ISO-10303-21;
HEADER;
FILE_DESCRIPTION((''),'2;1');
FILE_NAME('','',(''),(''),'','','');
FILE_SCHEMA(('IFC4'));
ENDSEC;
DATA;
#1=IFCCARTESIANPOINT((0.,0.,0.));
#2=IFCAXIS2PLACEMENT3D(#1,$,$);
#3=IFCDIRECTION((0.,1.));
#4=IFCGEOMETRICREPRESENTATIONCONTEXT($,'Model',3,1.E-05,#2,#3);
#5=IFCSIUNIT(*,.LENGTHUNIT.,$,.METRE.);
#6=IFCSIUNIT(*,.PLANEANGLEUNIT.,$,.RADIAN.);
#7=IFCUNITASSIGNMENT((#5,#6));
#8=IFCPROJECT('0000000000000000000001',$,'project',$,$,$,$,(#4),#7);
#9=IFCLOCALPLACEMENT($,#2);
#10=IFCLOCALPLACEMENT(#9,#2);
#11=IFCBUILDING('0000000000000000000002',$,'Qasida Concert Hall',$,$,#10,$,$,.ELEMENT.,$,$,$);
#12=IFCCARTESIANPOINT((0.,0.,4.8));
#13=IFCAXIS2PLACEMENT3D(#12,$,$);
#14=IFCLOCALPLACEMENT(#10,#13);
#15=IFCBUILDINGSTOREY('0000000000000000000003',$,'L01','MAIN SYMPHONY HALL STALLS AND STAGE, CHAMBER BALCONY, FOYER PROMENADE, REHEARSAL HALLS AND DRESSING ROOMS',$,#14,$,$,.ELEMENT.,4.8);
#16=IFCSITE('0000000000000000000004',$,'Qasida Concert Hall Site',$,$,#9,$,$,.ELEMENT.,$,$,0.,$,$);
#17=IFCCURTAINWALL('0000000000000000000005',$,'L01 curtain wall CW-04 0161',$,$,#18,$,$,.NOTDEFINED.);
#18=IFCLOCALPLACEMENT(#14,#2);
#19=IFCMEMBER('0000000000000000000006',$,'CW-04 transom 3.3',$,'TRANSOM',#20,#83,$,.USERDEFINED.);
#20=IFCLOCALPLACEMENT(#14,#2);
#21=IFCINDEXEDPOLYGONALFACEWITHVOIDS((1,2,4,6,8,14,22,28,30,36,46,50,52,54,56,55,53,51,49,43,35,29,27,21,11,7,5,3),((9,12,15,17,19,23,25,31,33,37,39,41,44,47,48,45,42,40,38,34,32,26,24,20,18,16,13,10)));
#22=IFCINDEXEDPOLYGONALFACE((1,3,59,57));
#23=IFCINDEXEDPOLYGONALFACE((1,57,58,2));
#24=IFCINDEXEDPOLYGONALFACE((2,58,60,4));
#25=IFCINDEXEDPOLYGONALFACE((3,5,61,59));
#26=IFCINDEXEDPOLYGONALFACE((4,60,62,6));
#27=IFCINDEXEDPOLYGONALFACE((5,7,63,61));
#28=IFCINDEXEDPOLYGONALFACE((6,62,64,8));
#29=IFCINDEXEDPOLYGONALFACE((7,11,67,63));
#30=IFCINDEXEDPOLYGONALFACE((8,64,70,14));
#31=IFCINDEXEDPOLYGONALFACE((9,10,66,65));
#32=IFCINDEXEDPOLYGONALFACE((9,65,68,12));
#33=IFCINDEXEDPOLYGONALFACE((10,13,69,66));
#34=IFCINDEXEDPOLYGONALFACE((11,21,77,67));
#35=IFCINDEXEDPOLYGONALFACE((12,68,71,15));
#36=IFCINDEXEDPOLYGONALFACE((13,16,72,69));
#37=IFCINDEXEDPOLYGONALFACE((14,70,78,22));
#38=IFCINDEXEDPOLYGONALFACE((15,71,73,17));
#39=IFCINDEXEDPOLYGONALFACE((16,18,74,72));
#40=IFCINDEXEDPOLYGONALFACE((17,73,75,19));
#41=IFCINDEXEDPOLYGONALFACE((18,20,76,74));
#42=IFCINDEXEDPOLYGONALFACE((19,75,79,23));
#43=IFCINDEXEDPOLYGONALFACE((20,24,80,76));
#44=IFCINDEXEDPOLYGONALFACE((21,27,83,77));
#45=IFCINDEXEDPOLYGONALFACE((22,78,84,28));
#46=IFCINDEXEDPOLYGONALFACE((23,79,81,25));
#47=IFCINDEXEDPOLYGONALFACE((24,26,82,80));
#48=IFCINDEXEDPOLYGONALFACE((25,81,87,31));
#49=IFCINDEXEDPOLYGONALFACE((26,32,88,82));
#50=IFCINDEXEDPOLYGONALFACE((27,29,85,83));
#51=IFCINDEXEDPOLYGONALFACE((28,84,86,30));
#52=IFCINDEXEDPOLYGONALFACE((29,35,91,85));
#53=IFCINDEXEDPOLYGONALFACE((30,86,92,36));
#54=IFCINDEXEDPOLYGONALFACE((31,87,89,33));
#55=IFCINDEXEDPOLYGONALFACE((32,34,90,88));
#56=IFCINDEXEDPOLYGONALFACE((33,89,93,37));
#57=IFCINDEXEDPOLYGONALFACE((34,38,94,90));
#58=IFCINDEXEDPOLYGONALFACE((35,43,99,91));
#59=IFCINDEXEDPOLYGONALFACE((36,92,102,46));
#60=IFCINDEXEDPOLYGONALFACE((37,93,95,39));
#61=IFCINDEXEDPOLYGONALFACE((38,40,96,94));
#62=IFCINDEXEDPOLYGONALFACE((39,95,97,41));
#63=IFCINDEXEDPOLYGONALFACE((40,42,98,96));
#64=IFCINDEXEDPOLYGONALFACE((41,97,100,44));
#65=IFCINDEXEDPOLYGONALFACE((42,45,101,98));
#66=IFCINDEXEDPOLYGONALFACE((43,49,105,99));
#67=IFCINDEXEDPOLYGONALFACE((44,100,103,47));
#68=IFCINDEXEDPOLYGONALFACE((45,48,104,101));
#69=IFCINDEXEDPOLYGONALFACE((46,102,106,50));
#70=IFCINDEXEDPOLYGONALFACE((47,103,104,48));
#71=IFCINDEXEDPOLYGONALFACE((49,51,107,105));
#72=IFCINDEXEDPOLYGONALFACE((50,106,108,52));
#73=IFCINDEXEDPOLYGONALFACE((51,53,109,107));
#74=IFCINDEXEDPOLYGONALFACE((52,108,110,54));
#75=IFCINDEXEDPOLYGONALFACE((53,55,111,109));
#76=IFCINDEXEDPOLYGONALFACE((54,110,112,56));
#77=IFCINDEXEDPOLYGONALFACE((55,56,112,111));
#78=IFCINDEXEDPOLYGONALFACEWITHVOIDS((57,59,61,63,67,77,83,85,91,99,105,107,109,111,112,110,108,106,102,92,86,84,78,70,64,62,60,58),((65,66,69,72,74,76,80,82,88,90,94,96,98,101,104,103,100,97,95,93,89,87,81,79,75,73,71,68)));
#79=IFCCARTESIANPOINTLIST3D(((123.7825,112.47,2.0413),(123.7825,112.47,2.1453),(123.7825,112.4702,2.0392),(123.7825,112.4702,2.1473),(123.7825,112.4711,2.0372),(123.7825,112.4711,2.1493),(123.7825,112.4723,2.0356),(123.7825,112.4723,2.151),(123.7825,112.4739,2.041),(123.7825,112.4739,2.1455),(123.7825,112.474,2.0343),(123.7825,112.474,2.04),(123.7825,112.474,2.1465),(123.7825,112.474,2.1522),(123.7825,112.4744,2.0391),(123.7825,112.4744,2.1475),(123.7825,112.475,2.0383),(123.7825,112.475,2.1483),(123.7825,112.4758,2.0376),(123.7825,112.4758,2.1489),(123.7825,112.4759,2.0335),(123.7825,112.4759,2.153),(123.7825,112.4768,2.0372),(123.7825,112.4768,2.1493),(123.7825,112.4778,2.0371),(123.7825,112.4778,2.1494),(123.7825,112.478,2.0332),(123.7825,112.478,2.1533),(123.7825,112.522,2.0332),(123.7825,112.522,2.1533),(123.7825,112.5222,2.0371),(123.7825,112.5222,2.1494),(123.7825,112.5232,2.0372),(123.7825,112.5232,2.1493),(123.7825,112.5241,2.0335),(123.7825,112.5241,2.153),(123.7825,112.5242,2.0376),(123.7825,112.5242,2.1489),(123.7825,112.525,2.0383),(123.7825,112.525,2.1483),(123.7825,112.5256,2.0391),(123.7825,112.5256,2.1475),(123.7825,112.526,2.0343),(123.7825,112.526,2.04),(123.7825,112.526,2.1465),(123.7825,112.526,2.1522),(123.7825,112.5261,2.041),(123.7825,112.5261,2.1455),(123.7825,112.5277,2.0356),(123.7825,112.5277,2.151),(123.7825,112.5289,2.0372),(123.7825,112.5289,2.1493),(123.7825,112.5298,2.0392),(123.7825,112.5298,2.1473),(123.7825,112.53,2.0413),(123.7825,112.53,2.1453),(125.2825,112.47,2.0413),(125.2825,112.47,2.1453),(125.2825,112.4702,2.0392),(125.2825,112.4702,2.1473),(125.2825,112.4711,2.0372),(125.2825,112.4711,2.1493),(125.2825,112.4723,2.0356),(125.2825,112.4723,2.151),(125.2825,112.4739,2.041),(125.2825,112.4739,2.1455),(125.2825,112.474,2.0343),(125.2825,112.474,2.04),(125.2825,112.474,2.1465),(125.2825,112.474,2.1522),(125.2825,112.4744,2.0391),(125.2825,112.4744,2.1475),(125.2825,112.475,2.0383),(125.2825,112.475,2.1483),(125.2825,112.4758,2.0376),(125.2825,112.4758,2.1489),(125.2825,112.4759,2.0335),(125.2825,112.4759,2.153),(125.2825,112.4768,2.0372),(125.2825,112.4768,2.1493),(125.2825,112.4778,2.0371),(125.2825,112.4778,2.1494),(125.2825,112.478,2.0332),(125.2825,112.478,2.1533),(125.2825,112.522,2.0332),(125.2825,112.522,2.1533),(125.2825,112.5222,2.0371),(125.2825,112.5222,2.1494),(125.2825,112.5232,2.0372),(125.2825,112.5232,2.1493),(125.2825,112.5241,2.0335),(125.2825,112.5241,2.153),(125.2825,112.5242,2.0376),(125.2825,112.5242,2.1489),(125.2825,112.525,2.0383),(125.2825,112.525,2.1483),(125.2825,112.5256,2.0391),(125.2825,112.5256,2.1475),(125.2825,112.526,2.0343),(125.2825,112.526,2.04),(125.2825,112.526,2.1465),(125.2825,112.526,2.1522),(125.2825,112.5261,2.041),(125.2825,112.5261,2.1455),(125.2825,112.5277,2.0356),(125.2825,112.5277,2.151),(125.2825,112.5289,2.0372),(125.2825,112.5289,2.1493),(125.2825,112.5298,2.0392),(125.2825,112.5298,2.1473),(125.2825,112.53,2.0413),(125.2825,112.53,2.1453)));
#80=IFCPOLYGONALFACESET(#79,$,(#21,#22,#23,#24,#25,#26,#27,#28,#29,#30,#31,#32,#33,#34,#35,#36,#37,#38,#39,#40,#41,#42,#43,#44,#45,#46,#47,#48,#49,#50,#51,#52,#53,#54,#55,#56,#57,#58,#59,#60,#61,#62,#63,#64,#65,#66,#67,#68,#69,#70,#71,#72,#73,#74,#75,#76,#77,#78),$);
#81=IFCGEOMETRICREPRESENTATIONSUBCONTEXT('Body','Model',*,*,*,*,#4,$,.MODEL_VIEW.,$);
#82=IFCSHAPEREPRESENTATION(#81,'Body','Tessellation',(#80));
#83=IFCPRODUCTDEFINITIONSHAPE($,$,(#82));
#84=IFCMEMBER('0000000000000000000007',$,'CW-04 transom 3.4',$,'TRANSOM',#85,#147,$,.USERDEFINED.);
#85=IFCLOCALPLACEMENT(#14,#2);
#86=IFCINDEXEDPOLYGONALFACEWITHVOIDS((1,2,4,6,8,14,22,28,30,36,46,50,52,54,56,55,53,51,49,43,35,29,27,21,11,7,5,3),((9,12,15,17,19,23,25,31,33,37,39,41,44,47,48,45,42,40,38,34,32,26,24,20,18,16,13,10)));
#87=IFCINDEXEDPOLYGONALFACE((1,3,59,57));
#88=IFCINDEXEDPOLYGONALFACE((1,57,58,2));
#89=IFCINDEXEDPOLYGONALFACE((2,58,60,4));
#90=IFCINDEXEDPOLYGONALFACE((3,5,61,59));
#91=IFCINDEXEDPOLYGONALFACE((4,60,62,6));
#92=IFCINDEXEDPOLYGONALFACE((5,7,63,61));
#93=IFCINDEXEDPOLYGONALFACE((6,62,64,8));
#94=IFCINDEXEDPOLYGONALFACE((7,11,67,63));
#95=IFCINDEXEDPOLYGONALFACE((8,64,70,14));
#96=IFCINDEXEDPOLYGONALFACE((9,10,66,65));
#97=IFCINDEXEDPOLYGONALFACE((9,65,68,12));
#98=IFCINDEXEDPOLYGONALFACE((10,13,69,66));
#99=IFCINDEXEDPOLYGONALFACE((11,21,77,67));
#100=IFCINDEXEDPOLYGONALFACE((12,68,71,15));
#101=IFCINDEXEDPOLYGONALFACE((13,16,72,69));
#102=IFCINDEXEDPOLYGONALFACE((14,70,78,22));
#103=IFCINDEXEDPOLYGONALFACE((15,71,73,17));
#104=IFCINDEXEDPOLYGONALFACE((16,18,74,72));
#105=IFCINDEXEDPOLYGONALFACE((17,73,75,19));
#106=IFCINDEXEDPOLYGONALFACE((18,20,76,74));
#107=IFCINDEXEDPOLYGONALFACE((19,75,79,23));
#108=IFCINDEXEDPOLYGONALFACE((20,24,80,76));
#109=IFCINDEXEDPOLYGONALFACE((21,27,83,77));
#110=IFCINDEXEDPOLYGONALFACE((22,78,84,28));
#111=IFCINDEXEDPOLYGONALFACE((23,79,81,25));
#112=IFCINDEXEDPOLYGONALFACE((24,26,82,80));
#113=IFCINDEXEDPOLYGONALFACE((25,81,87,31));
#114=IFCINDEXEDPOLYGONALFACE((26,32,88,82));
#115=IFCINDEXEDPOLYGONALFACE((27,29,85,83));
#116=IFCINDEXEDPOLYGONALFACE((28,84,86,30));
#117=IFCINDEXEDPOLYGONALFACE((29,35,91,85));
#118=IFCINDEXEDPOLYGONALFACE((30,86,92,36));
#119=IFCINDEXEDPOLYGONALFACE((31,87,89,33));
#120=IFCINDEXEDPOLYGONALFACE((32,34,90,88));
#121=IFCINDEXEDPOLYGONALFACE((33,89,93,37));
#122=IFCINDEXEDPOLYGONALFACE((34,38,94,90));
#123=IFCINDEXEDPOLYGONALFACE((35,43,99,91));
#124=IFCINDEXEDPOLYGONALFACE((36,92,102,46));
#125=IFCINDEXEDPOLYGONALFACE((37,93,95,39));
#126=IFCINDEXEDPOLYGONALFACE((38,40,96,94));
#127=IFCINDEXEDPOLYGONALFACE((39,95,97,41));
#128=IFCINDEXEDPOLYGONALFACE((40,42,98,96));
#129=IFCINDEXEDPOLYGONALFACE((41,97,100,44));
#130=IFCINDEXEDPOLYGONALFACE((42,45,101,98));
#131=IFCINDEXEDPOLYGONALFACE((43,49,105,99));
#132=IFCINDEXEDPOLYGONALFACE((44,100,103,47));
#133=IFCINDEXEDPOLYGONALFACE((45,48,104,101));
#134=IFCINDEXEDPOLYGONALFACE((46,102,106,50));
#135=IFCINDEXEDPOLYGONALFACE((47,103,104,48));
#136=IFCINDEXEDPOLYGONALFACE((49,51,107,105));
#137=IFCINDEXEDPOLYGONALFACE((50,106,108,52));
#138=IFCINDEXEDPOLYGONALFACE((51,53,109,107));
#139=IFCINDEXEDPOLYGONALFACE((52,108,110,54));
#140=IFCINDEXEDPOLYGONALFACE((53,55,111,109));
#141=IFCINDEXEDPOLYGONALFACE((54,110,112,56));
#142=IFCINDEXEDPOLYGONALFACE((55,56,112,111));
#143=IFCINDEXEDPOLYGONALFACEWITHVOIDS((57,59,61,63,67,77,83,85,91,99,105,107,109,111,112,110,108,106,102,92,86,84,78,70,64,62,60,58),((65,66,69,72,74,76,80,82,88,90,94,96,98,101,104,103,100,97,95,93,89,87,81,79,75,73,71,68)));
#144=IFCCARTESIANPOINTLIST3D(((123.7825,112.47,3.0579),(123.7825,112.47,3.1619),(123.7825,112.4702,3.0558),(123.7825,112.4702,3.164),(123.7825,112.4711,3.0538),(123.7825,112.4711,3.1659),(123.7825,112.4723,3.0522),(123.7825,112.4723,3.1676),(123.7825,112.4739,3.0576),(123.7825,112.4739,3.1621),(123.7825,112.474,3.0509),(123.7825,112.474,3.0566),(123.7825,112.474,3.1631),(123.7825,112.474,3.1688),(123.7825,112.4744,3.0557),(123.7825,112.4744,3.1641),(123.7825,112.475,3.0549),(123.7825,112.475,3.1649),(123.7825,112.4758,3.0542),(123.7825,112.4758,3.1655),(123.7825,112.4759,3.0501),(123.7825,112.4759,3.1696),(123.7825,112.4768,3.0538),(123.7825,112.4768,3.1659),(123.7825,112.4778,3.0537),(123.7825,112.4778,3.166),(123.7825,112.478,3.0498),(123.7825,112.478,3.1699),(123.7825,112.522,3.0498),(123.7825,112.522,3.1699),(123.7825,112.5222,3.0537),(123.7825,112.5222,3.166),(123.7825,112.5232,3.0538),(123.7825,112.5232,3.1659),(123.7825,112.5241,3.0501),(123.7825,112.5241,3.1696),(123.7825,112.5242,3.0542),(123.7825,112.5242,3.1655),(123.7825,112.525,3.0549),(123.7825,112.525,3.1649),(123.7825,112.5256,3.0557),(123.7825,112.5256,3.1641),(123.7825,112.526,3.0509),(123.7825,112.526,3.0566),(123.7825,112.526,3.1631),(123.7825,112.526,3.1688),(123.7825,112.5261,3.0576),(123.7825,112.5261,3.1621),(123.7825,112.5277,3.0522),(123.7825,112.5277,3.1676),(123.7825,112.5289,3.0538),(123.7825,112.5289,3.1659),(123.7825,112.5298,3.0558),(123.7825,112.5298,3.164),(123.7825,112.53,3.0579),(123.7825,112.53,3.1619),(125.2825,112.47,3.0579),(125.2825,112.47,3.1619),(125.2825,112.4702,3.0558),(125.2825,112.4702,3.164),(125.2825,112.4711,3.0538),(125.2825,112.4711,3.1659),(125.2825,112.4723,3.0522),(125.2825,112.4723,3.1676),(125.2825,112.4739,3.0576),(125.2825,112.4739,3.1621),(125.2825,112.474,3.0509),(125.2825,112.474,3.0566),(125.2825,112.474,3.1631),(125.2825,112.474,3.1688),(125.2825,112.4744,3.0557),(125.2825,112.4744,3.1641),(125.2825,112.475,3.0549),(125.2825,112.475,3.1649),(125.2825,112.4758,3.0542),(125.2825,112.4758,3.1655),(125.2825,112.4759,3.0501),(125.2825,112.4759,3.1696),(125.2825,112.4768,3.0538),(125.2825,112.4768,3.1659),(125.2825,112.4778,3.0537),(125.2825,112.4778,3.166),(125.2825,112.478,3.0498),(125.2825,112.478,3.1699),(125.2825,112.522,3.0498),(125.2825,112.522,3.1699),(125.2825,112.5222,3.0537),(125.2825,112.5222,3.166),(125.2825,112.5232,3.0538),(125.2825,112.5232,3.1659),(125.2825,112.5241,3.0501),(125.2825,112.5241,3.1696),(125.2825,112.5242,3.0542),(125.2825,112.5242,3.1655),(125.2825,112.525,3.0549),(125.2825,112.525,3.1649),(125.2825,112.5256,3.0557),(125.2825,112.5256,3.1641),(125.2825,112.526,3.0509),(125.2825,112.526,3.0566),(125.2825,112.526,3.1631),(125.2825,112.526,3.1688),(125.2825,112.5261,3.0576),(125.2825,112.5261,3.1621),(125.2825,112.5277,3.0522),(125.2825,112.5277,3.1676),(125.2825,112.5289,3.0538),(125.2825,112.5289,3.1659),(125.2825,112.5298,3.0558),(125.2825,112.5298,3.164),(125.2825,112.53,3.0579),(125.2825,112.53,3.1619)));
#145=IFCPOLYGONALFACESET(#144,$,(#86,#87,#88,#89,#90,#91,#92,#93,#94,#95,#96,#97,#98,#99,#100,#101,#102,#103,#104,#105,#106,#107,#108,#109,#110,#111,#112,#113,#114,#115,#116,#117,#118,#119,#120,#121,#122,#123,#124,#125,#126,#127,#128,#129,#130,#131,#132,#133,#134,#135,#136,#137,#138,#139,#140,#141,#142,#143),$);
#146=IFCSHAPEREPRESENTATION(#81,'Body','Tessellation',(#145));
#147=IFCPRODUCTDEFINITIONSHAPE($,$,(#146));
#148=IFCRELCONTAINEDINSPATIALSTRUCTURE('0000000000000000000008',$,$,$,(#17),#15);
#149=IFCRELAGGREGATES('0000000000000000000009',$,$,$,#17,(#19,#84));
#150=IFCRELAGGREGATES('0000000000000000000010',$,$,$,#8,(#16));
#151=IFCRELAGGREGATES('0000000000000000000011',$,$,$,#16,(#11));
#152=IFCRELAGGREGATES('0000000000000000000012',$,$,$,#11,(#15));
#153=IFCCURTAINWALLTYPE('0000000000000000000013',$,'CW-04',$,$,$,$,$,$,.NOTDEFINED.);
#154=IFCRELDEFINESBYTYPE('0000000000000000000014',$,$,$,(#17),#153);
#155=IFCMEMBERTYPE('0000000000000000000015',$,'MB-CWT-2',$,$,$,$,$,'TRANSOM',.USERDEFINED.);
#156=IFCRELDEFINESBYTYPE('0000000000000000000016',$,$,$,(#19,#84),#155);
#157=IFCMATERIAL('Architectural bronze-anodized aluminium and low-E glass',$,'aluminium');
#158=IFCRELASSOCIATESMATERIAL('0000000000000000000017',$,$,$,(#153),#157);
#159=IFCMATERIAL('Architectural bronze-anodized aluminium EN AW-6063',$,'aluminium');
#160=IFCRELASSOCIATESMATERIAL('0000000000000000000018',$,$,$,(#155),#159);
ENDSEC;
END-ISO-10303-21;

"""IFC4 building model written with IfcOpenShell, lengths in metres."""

from ifc_helpers import new_model, si_unit, direction, frame, origin, origin_2d, place, context, subcontext, project, spatial, hollow_rectangle, extrude, material, material_profile, profile_set, type_object, element, aggregate, save


model = new_model("IFC4")

# Units and contexts
model_context = context("Model", 3, precision=1e-05, world=origin(), true_north=direction((0.0, 1.0)))
body_context = subcontext(model_context, "Body", "Model", "MODEL_VIEW")
ifc_project = project(units=[si_unit("LENGTHUNIT", "METRE"), si_unit("PLANEANGLEUNIT", "RADIAN")], contexts=[model_context])

# Site, building, storey
site_placement = place(None, origin())
site = spatial("IfcSite", under=ifc_project, at=site_placement, Name="Qasida Concert Hall Site", CompositionType="ELEMENT", RefElevation=0.0)
building_placement = place(site_placement, origin())
building = spatial("IfcBuilding", under=site, at=building_placement, Name="Qasida Concert Hall", CompositionType="ELEMENT")
storey_placement = place(building_placement, frame((0.0, 0.0, 4.8)))
storey = spatial("IfcBuildingStorey", under=building, at=storey_placement, Name="L01", Description="MAIN SYMPHONY HALL STALLS AND STAGE, CHAMBER BALCONY, FOYER PROMENADE, REHEARSAL HALLS AND DRESSING ROOMS", CompositionType="ELEMENT", Elevation=4.8)

# Curtain wall, members
ifc_material_1 = material(Name="Architectural bronze-anodized aluminium and low-E glass", Category="aluminium")
curtain_wall_type = type_object("IfcCurtainWallType", Name="CW-04", PredefinedType="NOTDEFINED", material=ifc_material_1)
curtain_wall_placement = place(storey_placement, origin())
curtain_wall = element("IfcCurtainWall", 1, at=curtain_wall_placement, inside=storey, type_object=curtain_wall_type, Name="L01 curtain wall CW-04 0161", PredefinedType="NOTDEFINED")
ifc_material_2 = material(Name="Architectural bronze-anodized aluminium EN AW-6063", Category="aluminium")
ifc_material_profile_1 = material_profile(ifc_material_2, hollow_rectangle(XDim=0.0601, YDim=0.1201, WallThickness=0.0039, InnerFilletRadius=0.0039, OuterFilletRadius=0.0081, at=origin_2d()), Name="CWT 120x60x4")
ifc_profile_set_1 = profile_set([ifc_material_profile_1], Name="Architectural bronze-anodized aluminium EN AW-6063")
member_type_1 = type_object("IfcMemberType", Name="MB-CWT-2", ElementType="TRANSOM", PredefinedType="USERDEFINED", material=ifc_profile_set_1)
member_1_placement = place(storey_placement, frame((123.7825, 112.5, 2.0933), z_axis=(1.0, 0.0, 0.0), x_axis=(0.0, 1.0, 0.0)))
member_1 = element("IfcMember", 2, at=member_1_placement, type_object=member_type_1, Name="CW-04 transom 3.3", ObjectType="TRANSOM", PredefinedType="USERDEFINED", context=body_context, shape_type="SweptSolid", body=[
    extrude(hollow_rectangle(XDim=0.0601, YDim=0.1201, WallThickness=0.0039, InnerFilletRadius=0.0039, OuterFilletRadius=0.0081, at=origin_2d()), origin(), (0.0, 0.0, 1.0), 1.5),
])
member_2_placement = place(storey_placement, frame((123.7825, 112.5, 3.1099), z_axis=(1.0, 0.0, 0.0), x_axis=(0.0, 1.0, 0.0)))
member_2 = element("IfcMember", 3, at=member_2_placement, type_object=member_type_1, Name="CW-04 transom 3.4", ObjectType="TRANSOM", PredefinedType="USERDEFINED", context=body_context, shape_type="SweptSolid", body=[
    extrude(hollow_rectangle(XDim=0.0601, YDim=0.1201, WallThickness=0.0039, InnerFilletRadius=0.0039, OuterFilletRadius=0.0081, at=origin_2d()), origin(), (0.0, 0.0, 1.0), 1.5),
])
aggregate(curtain_wall, [member_1, member_2])

save(model, "model.ifc")
